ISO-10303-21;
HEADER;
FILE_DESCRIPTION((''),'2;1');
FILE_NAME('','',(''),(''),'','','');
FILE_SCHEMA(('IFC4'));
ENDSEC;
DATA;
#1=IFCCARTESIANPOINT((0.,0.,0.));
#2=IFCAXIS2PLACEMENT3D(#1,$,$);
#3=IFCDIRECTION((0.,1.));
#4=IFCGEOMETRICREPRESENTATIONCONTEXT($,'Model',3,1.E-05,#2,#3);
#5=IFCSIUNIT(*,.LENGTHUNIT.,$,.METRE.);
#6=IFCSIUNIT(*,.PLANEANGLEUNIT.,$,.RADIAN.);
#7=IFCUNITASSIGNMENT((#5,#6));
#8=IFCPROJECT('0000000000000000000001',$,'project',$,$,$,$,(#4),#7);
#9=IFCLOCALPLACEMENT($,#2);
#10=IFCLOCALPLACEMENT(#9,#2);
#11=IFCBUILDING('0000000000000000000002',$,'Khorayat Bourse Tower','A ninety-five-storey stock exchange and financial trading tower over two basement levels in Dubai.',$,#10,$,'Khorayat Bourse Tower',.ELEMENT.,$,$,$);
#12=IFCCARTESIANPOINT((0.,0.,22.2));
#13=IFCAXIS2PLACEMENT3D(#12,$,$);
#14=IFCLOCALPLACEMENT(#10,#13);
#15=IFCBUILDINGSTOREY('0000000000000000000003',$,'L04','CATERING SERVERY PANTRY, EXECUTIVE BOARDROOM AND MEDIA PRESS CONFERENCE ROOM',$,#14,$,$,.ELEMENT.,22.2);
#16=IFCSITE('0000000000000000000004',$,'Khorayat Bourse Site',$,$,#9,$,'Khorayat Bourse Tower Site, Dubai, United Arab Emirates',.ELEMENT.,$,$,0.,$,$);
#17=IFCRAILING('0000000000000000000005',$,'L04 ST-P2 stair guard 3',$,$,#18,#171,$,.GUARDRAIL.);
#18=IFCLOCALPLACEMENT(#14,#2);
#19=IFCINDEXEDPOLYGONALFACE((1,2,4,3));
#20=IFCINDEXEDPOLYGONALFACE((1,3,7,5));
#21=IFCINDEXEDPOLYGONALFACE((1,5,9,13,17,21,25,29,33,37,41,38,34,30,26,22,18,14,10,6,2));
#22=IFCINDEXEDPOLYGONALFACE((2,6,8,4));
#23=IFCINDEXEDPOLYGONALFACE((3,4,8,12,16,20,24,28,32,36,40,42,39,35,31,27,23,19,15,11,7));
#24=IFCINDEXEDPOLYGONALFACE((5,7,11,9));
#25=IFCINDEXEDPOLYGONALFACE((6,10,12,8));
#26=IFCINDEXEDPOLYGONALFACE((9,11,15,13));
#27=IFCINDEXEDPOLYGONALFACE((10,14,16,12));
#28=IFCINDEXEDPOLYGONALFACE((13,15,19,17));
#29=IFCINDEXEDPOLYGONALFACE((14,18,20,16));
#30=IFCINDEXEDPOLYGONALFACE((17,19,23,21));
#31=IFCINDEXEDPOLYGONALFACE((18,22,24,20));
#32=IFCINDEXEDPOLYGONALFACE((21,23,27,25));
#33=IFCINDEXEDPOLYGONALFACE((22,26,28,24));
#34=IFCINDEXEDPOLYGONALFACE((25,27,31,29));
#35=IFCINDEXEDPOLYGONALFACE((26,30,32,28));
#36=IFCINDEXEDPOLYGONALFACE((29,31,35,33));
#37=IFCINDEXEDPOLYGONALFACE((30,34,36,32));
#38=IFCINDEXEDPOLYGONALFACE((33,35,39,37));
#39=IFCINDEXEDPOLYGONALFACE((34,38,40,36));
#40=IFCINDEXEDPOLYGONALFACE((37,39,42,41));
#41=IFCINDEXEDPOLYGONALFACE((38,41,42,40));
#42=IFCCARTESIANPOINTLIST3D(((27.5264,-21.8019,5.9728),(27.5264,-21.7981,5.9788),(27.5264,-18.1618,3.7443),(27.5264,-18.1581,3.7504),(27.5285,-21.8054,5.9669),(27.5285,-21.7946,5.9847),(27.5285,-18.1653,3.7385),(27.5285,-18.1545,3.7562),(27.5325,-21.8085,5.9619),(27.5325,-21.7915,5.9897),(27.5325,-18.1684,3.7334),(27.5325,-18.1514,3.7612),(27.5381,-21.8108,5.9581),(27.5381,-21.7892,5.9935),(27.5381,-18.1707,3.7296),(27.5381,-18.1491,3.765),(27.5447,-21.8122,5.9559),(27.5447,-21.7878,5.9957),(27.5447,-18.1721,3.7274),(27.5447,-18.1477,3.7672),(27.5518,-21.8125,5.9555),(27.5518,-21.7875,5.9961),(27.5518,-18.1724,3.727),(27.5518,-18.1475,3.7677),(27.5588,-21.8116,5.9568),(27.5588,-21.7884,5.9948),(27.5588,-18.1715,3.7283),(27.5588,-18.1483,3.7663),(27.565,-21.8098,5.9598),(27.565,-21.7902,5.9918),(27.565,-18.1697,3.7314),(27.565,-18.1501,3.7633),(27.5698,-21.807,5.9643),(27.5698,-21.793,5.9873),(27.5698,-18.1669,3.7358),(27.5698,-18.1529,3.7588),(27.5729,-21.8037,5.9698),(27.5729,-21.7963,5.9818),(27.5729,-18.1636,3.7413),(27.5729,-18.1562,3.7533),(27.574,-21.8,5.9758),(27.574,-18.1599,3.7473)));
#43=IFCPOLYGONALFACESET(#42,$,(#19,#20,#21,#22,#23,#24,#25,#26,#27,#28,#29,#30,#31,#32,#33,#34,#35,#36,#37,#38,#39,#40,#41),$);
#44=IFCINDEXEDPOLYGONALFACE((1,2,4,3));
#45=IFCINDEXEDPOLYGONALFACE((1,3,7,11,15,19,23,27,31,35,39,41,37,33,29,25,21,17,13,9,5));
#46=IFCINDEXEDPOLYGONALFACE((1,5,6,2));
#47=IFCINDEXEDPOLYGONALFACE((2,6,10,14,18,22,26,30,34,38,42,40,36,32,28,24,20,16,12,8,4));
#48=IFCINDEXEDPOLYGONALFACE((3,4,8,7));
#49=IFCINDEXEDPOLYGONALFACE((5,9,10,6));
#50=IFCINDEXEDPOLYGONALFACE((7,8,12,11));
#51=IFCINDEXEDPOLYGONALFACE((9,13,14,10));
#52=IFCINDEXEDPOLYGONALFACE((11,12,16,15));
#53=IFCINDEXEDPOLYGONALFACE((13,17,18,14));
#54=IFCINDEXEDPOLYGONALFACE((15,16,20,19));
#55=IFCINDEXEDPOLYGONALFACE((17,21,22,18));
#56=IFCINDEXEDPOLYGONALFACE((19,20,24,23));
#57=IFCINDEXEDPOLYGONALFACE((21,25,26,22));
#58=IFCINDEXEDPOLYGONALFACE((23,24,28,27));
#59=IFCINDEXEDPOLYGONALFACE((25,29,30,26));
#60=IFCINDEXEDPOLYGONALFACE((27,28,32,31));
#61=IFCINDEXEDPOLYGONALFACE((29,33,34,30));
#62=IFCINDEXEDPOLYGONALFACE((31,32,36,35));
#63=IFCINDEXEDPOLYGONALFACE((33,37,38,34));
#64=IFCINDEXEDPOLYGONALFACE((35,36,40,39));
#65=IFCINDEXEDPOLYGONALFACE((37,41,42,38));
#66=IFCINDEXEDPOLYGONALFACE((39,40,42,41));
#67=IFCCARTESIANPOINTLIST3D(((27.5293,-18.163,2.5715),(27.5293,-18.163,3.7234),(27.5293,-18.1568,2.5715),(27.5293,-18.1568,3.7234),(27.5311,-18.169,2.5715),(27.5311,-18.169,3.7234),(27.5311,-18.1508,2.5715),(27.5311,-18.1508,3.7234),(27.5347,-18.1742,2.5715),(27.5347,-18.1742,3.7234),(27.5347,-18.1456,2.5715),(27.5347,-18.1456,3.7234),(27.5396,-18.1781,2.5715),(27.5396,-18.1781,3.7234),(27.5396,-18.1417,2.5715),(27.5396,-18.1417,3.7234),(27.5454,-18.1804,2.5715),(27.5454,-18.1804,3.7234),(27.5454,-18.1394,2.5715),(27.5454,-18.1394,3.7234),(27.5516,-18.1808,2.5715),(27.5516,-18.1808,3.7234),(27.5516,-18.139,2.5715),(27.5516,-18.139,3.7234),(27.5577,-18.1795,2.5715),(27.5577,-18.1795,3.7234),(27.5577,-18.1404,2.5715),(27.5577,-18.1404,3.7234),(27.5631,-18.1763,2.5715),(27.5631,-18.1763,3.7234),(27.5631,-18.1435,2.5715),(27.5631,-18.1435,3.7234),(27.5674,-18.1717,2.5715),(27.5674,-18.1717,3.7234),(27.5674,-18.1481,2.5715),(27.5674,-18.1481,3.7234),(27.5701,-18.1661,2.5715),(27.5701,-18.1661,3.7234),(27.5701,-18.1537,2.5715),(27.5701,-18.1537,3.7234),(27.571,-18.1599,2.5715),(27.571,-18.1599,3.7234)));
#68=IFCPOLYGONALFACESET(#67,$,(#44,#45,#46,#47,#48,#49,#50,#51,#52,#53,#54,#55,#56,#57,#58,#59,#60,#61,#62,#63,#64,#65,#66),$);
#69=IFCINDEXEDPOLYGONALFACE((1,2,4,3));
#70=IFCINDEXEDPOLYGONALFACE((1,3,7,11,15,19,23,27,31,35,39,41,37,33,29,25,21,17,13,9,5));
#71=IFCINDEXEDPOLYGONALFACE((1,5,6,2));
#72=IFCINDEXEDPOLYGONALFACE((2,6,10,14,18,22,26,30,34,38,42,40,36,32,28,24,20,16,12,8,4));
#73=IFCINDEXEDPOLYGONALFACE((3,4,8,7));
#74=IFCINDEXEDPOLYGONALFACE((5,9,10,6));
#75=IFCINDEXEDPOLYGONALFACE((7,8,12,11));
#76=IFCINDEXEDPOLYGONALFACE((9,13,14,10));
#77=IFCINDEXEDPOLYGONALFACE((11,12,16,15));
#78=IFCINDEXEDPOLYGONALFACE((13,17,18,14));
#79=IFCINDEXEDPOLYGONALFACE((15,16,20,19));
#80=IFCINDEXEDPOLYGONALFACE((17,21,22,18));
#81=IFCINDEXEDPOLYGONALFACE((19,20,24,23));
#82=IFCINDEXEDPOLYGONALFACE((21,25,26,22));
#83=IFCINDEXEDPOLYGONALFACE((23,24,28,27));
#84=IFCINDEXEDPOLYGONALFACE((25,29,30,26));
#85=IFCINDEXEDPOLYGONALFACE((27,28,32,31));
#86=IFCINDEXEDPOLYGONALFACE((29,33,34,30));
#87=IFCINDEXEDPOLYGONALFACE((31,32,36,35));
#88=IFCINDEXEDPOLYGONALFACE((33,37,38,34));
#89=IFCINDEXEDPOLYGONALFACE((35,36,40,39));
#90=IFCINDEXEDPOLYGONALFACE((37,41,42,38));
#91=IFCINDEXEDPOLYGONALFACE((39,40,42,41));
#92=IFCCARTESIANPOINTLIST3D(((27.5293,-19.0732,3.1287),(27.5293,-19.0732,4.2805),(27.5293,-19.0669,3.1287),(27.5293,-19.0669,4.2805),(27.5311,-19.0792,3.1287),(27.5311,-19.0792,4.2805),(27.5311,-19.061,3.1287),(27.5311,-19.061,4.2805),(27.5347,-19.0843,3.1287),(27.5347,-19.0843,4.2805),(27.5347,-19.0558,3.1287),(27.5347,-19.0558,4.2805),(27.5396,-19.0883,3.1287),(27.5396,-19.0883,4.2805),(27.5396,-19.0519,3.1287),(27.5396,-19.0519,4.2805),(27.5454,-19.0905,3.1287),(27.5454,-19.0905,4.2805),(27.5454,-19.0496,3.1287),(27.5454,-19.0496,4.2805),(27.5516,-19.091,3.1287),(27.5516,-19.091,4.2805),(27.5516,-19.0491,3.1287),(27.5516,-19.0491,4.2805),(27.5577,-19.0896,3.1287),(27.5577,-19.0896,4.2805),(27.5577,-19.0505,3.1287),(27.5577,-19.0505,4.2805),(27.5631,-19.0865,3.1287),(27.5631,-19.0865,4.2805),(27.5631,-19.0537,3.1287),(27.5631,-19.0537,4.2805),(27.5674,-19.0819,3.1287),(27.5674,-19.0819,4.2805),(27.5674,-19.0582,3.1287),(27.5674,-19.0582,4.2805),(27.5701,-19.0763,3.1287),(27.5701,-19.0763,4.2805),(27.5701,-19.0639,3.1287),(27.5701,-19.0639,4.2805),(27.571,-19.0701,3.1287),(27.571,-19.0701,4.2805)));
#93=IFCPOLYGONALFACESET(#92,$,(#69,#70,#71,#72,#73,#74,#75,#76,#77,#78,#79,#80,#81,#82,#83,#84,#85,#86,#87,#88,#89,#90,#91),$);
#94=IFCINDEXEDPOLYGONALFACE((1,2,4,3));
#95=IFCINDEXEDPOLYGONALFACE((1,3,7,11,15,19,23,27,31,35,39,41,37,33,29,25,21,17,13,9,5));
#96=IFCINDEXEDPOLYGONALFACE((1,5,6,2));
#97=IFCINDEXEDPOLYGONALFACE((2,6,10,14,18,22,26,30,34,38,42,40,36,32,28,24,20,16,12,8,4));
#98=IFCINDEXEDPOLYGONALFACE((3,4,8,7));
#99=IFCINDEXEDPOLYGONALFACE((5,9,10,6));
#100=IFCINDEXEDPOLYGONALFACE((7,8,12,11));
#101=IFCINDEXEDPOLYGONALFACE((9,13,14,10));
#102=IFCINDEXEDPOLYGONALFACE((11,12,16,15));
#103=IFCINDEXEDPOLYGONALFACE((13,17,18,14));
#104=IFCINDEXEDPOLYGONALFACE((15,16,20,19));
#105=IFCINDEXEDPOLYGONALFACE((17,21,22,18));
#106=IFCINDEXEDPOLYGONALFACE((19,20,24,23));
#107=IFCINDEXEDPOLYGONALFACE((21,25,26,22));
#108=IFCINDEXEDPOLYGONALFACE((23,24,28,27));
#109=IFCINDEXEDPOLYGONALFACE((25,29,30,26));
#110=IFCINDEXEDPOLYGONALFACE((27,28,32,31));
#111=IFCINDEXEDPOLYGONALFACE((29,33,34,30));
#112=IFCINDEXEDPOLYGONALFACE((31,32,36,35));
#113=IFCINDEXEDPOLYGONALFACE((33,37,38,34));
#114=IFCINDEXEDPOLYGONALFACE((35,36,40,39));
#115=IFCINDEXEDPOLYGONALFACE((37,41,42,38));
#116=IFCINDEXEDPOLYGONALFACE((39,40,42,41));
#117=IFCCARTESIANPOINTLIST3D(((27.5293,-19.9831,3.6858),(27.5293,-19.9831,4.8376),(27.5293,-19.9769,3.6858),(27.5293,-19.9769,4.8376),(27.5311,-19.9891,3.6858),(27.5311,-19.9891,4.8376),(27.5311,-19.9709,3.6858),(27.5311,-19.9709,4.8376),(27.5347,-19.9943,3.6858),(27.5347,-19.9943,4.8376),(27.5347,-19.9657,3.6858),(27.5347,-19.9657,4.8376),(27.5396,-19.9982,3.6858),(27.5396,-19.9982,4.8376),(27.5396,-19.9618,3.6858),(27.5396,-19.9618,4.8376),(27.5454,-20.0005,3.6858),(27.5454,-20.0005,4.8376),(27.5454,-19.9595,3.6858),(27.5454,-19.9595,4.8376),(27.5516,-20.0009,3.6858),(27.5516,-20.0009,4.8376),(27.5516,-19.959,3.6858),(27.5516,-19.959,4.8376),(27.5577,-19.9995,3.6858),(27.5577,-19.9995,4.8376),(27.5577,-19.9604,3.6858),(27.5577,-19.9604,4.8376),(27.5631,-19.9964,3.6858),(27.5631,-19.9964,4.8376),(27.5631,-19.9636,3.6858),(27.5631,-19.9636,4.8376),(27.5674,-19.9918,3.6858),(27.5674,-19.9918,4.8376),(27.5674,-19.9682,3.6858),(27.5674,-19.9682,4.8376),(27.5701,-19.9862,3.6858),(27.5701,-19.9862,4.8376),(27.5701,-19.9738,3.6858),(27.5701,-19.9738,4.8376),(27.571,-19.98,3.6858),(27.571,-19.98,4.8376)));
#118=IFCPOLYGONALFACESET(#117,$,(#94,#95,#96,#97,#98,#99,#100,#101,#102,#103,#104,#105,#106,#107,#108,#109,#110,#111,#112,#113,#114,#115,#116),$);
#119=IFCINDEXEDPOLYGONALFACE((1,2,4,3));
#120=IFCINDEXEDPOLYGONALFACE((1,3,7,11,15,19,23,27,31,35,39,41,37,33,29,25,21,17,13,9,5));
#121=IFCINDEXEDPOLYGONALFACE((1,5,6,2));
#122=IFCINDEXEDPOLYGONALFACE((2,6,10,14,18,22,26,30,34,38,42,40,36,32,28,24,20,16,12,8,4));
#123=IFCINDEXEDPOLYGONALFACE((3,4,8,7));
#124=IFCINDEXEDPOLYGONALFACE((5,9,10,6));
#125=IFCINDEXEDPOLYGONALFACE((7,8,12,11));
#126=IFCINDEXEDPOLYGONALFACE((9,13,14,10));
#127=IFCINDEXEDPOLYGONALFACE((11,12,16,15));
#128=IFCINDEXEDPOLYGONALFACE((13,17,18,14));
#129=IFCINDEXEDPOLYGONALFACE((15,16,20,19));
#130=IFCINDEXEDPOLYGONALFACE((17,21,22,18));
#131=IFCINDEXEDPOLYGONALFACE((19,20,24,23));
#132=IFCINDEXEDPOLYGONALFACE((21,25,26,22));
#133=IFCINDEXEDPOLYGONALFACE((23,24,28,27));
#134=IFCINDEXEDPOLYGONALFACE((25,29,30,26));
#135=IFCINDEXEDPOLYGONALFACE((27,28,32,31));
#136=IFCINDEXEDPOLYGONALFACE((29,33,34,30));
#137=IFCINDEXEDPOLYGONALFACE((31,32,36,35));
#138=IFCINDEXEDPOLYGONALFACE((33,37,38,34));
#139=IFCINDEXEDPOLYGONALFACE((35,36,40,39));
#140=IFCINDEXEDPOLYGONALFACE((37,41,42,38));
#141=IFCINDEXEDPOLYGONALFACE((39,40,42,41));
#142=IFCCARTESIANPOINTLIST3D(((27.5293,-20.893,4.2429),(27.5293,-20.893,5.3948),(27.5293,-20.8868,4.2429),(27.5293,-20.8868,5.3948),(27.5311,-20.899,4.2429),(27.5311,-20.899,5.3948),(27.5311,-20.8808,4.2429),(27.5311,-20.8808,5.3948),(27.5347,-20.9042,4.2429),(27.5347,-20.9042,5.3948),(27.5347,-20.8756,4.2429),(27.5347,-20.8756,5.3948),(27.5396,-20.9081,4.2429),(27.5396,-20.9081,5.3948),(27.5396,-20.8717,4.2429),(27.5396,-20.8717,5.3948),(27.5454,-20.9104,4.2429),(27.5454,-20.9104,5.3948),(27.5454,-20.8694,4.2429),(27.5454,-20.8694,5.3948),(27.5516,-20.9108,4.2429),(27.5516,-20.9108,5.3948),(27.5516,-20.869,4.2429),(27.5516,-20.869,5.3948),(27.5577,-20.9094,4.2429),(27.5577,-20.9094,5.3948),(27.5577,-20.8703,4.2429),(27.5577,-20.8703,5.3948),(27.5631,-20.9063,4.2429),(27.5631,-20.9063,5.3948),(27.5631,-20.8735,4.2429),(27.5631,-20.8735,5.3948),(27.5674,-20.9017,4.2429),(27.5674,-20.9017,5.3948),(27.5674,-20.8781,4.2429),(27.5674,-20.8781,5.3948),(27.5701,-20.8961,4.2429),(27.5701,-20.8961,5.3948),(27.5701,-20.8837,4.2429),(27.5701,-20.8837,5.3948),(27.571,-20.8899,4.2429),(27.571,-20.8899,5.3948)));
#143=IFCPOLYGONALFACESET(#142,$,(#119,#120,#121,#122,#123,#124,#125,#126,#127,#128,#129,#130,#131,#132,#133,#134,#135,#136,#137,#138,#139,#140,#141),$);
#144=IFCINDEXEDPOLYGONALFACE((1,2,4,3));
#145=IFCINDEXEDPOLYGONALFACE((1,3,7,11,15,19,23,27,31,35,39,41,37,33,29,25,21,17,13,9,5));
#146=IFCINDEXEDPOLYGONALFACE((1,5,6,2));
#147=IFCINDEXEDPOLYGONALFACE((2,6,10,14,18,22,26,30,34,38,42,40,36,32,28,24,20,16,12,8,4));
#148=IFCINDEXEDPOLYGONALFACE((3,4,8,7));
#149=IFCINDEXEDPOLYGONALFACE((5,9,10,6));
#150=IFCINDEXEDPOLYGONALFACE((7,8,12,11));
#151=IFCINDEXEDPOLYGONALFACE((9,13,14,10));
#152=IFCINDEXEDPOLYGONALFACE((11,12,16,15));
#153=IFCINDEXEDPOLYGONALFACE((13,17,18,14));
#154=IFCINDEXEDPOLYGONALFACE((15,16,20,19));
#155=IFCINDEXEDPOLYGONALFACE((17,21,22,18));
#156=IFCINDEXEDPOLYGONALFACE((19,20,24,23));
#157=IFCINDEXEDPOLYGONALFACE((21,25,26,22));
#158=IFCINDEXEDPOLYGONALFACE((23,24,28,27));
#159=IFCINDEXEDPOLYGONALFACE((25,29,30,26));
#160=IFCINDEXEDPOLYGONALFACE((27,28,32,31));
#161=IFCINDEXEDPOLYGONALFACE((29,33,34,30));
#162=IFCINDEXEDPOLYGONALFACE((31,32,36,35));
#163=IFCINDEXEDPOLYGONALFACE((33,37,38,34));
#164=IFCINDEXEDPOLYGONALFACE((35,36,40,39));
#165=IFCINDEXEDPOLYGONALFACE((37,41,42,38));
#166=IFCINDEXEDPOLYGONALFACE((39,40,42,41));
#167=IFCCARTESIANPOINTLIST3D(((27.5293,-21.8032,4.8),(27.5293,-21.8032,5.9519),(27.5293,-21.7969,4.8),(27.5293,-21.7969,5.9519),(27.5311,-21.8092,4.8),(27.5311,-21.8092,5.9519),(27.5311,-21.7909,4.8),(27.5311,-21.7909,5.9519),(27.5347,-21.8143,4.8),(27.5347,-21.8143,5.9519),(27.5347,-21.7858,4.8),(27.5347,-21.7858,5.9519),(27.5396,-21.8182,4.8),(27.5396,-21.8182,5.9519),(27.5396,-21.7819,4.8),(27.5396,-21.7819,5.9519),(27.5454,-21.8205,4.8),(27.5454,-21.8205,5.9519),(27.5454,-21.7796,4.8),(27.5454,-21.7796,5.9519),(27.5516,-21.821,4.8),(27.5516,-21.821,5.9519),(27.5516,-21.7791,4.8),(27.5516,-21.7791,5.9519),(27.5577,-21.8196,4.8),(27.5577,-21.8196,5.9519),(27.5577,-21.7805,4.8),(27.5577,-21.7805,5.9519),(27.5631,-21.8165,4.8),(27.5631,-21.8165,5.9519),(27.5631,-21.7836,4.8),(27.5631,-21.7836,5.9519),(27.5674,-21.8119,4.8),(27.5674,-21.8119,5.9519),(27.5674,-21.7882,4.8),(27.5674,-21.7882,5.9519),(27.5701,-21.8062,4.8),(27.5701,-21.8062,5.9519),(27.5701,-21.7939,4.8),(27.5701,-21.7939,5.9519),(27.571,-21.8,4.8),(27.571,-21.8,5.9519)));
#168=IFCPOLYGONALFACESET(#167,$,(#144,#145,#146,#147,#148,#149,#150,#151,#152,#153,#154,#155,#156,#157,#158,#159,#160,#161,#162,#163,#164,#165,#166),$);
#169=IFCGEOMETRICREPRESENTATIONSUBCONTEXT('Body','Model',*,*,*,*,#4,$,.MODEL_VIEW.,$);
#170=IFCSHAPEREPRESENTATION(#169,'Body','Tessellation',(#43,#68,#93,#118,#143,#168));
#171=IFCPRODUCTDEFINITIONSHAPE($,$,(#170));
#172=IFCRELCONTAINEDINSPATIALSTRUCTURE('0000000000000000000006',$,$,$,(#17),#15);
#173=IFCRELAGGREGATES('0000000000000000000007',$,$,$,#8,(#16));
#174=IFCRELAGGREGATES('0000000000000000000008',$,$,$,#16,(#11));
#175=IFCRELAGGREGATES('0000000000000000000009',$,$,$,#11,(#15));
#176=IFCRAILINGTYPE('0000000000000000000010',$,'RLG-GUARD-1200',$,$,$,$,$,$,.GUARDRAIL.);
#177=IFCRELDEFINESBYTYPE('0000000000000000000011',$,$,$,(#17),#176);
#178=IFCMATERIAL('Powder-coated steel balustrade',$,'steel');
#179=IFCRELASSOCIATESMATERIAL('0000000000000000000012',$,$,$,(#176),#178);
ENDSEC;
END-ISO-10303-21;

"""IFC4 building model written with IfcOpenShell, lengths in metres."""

from ifc_helpers import new_model, si_unit, direction, frame, origin, origin_2d, place, context, subcontext, project, spatial, circle, extrude, source, transform, mapped, material, type_object, element, save


model = new_model("IFC4")

# Units and contexts
model_context = context("Model", 3, precision=1e-05, world=origin(), true_north=direction((0.0, 1.0)))
body_context = subcontext(model_context, "Body", "Model", "MODEL_VIEW")
ifc_project = project(units=[si_unit("LENGTHUNIT", "METRE"), si_unit("PLANEANGLEUNIT", "RADIAN")], contexts=[model_context])

# Site, building, storey
site_placement = place(None, origin())
site = spatial("IfcSite", under=ifc_project, at=site_placement, Name="Khorayat Bourse Site", LongName="Khorayat Bourse Tower Site, Dubai, United Arab Emirates", CompositionType="ELEMENT", RefElevation=0.0)
building_placement = place(site_placement, origin())
building = spatial("IfcBuilding", under=site, at=building_placement, Name="Khorayat Bourse Tower", Description="A ninety-five-storey stock exchange and financial trading tower over two basement levels in Dubai.", LongName="Khorayat Bourse Tower", CompositionType="ELEMENT")
storey_placement = place(building_placement, frame((0.0, 0.0, 22.2)))
storey = spatial("IfcBuildingStorey", under=building, at=storey_placement, Name="L04", Description="CATERING SERVERY PANTRY, EXECUTIVE BOARDROOM AND MEDIA PRESS CONFERENCE ROOM", CompositionType="ELEMENT", Elevation=22.2)

# Railing
ifc_material_1 = material(Name="Powder-coated steel balustrade", Category="steel")
railing_type_1 = type_object("IfcRailingType", Name="RLG-GUARD-1200", PredefinedType="GUARDRAIL", material=ifc_material_1)
shared_shape_1 = source(origin(), body_context, "Body", "SweptSolid", [
    extrude(circle(Radius=0.0239, at=origin_2d()), frame((0.0, 0.0, 1.1758), z_axis=(0.0, -0.852866, 0.52213), x_axis=(1.0, 0.0, 0.0)), (0.0, 0.0, 1.0), 4.2681),
    extrude(circle(Radius=0.021, at=origin_2d()), origin(), (0.0, 0.0, 1.0), 1.1519),
    extrude(circle(Radius=0.021, at=origin_2d()), frame((0.0, -0.9102, 0.5571)), (0.0, 0.0, 1.0), 1.1519),
    extrude(circle(Radius=0.021, at=origin_2d()), frame((0.0, -1.8201, 1.1143)), (0.0, 0.0, 1.0), 1.1519),
    extrude(circle(Radius=0.021, at=origin_2d()), frame((0.0, -2.73, 1.6714)), (0.0, 0.0, 1.0), 1.1519),
    extrude(circle(Radius=0.021, at=origin_2d()), frame((0.0, -3.6401, 2.2285)), (0.0, 0.0, 1.0), 1.1519),
])
railing_1_placement = place(storey_placement, frame((27.55, -18.1599, 2.5715)))
element("IfcRailing", 1, at=railing_1_placement, inside=storey, type_object=railing_type_1, Name="L04 ST-P2 stair guard 3", PredefinedType="GUARDRAIL", context=body_context, shape_type="MappedRepresentation", body=[
    mapped(shared_shape_1, transform((0.0, 0.0, 0.0), scale=1.0)),
])

save(model, "model.ifc")
